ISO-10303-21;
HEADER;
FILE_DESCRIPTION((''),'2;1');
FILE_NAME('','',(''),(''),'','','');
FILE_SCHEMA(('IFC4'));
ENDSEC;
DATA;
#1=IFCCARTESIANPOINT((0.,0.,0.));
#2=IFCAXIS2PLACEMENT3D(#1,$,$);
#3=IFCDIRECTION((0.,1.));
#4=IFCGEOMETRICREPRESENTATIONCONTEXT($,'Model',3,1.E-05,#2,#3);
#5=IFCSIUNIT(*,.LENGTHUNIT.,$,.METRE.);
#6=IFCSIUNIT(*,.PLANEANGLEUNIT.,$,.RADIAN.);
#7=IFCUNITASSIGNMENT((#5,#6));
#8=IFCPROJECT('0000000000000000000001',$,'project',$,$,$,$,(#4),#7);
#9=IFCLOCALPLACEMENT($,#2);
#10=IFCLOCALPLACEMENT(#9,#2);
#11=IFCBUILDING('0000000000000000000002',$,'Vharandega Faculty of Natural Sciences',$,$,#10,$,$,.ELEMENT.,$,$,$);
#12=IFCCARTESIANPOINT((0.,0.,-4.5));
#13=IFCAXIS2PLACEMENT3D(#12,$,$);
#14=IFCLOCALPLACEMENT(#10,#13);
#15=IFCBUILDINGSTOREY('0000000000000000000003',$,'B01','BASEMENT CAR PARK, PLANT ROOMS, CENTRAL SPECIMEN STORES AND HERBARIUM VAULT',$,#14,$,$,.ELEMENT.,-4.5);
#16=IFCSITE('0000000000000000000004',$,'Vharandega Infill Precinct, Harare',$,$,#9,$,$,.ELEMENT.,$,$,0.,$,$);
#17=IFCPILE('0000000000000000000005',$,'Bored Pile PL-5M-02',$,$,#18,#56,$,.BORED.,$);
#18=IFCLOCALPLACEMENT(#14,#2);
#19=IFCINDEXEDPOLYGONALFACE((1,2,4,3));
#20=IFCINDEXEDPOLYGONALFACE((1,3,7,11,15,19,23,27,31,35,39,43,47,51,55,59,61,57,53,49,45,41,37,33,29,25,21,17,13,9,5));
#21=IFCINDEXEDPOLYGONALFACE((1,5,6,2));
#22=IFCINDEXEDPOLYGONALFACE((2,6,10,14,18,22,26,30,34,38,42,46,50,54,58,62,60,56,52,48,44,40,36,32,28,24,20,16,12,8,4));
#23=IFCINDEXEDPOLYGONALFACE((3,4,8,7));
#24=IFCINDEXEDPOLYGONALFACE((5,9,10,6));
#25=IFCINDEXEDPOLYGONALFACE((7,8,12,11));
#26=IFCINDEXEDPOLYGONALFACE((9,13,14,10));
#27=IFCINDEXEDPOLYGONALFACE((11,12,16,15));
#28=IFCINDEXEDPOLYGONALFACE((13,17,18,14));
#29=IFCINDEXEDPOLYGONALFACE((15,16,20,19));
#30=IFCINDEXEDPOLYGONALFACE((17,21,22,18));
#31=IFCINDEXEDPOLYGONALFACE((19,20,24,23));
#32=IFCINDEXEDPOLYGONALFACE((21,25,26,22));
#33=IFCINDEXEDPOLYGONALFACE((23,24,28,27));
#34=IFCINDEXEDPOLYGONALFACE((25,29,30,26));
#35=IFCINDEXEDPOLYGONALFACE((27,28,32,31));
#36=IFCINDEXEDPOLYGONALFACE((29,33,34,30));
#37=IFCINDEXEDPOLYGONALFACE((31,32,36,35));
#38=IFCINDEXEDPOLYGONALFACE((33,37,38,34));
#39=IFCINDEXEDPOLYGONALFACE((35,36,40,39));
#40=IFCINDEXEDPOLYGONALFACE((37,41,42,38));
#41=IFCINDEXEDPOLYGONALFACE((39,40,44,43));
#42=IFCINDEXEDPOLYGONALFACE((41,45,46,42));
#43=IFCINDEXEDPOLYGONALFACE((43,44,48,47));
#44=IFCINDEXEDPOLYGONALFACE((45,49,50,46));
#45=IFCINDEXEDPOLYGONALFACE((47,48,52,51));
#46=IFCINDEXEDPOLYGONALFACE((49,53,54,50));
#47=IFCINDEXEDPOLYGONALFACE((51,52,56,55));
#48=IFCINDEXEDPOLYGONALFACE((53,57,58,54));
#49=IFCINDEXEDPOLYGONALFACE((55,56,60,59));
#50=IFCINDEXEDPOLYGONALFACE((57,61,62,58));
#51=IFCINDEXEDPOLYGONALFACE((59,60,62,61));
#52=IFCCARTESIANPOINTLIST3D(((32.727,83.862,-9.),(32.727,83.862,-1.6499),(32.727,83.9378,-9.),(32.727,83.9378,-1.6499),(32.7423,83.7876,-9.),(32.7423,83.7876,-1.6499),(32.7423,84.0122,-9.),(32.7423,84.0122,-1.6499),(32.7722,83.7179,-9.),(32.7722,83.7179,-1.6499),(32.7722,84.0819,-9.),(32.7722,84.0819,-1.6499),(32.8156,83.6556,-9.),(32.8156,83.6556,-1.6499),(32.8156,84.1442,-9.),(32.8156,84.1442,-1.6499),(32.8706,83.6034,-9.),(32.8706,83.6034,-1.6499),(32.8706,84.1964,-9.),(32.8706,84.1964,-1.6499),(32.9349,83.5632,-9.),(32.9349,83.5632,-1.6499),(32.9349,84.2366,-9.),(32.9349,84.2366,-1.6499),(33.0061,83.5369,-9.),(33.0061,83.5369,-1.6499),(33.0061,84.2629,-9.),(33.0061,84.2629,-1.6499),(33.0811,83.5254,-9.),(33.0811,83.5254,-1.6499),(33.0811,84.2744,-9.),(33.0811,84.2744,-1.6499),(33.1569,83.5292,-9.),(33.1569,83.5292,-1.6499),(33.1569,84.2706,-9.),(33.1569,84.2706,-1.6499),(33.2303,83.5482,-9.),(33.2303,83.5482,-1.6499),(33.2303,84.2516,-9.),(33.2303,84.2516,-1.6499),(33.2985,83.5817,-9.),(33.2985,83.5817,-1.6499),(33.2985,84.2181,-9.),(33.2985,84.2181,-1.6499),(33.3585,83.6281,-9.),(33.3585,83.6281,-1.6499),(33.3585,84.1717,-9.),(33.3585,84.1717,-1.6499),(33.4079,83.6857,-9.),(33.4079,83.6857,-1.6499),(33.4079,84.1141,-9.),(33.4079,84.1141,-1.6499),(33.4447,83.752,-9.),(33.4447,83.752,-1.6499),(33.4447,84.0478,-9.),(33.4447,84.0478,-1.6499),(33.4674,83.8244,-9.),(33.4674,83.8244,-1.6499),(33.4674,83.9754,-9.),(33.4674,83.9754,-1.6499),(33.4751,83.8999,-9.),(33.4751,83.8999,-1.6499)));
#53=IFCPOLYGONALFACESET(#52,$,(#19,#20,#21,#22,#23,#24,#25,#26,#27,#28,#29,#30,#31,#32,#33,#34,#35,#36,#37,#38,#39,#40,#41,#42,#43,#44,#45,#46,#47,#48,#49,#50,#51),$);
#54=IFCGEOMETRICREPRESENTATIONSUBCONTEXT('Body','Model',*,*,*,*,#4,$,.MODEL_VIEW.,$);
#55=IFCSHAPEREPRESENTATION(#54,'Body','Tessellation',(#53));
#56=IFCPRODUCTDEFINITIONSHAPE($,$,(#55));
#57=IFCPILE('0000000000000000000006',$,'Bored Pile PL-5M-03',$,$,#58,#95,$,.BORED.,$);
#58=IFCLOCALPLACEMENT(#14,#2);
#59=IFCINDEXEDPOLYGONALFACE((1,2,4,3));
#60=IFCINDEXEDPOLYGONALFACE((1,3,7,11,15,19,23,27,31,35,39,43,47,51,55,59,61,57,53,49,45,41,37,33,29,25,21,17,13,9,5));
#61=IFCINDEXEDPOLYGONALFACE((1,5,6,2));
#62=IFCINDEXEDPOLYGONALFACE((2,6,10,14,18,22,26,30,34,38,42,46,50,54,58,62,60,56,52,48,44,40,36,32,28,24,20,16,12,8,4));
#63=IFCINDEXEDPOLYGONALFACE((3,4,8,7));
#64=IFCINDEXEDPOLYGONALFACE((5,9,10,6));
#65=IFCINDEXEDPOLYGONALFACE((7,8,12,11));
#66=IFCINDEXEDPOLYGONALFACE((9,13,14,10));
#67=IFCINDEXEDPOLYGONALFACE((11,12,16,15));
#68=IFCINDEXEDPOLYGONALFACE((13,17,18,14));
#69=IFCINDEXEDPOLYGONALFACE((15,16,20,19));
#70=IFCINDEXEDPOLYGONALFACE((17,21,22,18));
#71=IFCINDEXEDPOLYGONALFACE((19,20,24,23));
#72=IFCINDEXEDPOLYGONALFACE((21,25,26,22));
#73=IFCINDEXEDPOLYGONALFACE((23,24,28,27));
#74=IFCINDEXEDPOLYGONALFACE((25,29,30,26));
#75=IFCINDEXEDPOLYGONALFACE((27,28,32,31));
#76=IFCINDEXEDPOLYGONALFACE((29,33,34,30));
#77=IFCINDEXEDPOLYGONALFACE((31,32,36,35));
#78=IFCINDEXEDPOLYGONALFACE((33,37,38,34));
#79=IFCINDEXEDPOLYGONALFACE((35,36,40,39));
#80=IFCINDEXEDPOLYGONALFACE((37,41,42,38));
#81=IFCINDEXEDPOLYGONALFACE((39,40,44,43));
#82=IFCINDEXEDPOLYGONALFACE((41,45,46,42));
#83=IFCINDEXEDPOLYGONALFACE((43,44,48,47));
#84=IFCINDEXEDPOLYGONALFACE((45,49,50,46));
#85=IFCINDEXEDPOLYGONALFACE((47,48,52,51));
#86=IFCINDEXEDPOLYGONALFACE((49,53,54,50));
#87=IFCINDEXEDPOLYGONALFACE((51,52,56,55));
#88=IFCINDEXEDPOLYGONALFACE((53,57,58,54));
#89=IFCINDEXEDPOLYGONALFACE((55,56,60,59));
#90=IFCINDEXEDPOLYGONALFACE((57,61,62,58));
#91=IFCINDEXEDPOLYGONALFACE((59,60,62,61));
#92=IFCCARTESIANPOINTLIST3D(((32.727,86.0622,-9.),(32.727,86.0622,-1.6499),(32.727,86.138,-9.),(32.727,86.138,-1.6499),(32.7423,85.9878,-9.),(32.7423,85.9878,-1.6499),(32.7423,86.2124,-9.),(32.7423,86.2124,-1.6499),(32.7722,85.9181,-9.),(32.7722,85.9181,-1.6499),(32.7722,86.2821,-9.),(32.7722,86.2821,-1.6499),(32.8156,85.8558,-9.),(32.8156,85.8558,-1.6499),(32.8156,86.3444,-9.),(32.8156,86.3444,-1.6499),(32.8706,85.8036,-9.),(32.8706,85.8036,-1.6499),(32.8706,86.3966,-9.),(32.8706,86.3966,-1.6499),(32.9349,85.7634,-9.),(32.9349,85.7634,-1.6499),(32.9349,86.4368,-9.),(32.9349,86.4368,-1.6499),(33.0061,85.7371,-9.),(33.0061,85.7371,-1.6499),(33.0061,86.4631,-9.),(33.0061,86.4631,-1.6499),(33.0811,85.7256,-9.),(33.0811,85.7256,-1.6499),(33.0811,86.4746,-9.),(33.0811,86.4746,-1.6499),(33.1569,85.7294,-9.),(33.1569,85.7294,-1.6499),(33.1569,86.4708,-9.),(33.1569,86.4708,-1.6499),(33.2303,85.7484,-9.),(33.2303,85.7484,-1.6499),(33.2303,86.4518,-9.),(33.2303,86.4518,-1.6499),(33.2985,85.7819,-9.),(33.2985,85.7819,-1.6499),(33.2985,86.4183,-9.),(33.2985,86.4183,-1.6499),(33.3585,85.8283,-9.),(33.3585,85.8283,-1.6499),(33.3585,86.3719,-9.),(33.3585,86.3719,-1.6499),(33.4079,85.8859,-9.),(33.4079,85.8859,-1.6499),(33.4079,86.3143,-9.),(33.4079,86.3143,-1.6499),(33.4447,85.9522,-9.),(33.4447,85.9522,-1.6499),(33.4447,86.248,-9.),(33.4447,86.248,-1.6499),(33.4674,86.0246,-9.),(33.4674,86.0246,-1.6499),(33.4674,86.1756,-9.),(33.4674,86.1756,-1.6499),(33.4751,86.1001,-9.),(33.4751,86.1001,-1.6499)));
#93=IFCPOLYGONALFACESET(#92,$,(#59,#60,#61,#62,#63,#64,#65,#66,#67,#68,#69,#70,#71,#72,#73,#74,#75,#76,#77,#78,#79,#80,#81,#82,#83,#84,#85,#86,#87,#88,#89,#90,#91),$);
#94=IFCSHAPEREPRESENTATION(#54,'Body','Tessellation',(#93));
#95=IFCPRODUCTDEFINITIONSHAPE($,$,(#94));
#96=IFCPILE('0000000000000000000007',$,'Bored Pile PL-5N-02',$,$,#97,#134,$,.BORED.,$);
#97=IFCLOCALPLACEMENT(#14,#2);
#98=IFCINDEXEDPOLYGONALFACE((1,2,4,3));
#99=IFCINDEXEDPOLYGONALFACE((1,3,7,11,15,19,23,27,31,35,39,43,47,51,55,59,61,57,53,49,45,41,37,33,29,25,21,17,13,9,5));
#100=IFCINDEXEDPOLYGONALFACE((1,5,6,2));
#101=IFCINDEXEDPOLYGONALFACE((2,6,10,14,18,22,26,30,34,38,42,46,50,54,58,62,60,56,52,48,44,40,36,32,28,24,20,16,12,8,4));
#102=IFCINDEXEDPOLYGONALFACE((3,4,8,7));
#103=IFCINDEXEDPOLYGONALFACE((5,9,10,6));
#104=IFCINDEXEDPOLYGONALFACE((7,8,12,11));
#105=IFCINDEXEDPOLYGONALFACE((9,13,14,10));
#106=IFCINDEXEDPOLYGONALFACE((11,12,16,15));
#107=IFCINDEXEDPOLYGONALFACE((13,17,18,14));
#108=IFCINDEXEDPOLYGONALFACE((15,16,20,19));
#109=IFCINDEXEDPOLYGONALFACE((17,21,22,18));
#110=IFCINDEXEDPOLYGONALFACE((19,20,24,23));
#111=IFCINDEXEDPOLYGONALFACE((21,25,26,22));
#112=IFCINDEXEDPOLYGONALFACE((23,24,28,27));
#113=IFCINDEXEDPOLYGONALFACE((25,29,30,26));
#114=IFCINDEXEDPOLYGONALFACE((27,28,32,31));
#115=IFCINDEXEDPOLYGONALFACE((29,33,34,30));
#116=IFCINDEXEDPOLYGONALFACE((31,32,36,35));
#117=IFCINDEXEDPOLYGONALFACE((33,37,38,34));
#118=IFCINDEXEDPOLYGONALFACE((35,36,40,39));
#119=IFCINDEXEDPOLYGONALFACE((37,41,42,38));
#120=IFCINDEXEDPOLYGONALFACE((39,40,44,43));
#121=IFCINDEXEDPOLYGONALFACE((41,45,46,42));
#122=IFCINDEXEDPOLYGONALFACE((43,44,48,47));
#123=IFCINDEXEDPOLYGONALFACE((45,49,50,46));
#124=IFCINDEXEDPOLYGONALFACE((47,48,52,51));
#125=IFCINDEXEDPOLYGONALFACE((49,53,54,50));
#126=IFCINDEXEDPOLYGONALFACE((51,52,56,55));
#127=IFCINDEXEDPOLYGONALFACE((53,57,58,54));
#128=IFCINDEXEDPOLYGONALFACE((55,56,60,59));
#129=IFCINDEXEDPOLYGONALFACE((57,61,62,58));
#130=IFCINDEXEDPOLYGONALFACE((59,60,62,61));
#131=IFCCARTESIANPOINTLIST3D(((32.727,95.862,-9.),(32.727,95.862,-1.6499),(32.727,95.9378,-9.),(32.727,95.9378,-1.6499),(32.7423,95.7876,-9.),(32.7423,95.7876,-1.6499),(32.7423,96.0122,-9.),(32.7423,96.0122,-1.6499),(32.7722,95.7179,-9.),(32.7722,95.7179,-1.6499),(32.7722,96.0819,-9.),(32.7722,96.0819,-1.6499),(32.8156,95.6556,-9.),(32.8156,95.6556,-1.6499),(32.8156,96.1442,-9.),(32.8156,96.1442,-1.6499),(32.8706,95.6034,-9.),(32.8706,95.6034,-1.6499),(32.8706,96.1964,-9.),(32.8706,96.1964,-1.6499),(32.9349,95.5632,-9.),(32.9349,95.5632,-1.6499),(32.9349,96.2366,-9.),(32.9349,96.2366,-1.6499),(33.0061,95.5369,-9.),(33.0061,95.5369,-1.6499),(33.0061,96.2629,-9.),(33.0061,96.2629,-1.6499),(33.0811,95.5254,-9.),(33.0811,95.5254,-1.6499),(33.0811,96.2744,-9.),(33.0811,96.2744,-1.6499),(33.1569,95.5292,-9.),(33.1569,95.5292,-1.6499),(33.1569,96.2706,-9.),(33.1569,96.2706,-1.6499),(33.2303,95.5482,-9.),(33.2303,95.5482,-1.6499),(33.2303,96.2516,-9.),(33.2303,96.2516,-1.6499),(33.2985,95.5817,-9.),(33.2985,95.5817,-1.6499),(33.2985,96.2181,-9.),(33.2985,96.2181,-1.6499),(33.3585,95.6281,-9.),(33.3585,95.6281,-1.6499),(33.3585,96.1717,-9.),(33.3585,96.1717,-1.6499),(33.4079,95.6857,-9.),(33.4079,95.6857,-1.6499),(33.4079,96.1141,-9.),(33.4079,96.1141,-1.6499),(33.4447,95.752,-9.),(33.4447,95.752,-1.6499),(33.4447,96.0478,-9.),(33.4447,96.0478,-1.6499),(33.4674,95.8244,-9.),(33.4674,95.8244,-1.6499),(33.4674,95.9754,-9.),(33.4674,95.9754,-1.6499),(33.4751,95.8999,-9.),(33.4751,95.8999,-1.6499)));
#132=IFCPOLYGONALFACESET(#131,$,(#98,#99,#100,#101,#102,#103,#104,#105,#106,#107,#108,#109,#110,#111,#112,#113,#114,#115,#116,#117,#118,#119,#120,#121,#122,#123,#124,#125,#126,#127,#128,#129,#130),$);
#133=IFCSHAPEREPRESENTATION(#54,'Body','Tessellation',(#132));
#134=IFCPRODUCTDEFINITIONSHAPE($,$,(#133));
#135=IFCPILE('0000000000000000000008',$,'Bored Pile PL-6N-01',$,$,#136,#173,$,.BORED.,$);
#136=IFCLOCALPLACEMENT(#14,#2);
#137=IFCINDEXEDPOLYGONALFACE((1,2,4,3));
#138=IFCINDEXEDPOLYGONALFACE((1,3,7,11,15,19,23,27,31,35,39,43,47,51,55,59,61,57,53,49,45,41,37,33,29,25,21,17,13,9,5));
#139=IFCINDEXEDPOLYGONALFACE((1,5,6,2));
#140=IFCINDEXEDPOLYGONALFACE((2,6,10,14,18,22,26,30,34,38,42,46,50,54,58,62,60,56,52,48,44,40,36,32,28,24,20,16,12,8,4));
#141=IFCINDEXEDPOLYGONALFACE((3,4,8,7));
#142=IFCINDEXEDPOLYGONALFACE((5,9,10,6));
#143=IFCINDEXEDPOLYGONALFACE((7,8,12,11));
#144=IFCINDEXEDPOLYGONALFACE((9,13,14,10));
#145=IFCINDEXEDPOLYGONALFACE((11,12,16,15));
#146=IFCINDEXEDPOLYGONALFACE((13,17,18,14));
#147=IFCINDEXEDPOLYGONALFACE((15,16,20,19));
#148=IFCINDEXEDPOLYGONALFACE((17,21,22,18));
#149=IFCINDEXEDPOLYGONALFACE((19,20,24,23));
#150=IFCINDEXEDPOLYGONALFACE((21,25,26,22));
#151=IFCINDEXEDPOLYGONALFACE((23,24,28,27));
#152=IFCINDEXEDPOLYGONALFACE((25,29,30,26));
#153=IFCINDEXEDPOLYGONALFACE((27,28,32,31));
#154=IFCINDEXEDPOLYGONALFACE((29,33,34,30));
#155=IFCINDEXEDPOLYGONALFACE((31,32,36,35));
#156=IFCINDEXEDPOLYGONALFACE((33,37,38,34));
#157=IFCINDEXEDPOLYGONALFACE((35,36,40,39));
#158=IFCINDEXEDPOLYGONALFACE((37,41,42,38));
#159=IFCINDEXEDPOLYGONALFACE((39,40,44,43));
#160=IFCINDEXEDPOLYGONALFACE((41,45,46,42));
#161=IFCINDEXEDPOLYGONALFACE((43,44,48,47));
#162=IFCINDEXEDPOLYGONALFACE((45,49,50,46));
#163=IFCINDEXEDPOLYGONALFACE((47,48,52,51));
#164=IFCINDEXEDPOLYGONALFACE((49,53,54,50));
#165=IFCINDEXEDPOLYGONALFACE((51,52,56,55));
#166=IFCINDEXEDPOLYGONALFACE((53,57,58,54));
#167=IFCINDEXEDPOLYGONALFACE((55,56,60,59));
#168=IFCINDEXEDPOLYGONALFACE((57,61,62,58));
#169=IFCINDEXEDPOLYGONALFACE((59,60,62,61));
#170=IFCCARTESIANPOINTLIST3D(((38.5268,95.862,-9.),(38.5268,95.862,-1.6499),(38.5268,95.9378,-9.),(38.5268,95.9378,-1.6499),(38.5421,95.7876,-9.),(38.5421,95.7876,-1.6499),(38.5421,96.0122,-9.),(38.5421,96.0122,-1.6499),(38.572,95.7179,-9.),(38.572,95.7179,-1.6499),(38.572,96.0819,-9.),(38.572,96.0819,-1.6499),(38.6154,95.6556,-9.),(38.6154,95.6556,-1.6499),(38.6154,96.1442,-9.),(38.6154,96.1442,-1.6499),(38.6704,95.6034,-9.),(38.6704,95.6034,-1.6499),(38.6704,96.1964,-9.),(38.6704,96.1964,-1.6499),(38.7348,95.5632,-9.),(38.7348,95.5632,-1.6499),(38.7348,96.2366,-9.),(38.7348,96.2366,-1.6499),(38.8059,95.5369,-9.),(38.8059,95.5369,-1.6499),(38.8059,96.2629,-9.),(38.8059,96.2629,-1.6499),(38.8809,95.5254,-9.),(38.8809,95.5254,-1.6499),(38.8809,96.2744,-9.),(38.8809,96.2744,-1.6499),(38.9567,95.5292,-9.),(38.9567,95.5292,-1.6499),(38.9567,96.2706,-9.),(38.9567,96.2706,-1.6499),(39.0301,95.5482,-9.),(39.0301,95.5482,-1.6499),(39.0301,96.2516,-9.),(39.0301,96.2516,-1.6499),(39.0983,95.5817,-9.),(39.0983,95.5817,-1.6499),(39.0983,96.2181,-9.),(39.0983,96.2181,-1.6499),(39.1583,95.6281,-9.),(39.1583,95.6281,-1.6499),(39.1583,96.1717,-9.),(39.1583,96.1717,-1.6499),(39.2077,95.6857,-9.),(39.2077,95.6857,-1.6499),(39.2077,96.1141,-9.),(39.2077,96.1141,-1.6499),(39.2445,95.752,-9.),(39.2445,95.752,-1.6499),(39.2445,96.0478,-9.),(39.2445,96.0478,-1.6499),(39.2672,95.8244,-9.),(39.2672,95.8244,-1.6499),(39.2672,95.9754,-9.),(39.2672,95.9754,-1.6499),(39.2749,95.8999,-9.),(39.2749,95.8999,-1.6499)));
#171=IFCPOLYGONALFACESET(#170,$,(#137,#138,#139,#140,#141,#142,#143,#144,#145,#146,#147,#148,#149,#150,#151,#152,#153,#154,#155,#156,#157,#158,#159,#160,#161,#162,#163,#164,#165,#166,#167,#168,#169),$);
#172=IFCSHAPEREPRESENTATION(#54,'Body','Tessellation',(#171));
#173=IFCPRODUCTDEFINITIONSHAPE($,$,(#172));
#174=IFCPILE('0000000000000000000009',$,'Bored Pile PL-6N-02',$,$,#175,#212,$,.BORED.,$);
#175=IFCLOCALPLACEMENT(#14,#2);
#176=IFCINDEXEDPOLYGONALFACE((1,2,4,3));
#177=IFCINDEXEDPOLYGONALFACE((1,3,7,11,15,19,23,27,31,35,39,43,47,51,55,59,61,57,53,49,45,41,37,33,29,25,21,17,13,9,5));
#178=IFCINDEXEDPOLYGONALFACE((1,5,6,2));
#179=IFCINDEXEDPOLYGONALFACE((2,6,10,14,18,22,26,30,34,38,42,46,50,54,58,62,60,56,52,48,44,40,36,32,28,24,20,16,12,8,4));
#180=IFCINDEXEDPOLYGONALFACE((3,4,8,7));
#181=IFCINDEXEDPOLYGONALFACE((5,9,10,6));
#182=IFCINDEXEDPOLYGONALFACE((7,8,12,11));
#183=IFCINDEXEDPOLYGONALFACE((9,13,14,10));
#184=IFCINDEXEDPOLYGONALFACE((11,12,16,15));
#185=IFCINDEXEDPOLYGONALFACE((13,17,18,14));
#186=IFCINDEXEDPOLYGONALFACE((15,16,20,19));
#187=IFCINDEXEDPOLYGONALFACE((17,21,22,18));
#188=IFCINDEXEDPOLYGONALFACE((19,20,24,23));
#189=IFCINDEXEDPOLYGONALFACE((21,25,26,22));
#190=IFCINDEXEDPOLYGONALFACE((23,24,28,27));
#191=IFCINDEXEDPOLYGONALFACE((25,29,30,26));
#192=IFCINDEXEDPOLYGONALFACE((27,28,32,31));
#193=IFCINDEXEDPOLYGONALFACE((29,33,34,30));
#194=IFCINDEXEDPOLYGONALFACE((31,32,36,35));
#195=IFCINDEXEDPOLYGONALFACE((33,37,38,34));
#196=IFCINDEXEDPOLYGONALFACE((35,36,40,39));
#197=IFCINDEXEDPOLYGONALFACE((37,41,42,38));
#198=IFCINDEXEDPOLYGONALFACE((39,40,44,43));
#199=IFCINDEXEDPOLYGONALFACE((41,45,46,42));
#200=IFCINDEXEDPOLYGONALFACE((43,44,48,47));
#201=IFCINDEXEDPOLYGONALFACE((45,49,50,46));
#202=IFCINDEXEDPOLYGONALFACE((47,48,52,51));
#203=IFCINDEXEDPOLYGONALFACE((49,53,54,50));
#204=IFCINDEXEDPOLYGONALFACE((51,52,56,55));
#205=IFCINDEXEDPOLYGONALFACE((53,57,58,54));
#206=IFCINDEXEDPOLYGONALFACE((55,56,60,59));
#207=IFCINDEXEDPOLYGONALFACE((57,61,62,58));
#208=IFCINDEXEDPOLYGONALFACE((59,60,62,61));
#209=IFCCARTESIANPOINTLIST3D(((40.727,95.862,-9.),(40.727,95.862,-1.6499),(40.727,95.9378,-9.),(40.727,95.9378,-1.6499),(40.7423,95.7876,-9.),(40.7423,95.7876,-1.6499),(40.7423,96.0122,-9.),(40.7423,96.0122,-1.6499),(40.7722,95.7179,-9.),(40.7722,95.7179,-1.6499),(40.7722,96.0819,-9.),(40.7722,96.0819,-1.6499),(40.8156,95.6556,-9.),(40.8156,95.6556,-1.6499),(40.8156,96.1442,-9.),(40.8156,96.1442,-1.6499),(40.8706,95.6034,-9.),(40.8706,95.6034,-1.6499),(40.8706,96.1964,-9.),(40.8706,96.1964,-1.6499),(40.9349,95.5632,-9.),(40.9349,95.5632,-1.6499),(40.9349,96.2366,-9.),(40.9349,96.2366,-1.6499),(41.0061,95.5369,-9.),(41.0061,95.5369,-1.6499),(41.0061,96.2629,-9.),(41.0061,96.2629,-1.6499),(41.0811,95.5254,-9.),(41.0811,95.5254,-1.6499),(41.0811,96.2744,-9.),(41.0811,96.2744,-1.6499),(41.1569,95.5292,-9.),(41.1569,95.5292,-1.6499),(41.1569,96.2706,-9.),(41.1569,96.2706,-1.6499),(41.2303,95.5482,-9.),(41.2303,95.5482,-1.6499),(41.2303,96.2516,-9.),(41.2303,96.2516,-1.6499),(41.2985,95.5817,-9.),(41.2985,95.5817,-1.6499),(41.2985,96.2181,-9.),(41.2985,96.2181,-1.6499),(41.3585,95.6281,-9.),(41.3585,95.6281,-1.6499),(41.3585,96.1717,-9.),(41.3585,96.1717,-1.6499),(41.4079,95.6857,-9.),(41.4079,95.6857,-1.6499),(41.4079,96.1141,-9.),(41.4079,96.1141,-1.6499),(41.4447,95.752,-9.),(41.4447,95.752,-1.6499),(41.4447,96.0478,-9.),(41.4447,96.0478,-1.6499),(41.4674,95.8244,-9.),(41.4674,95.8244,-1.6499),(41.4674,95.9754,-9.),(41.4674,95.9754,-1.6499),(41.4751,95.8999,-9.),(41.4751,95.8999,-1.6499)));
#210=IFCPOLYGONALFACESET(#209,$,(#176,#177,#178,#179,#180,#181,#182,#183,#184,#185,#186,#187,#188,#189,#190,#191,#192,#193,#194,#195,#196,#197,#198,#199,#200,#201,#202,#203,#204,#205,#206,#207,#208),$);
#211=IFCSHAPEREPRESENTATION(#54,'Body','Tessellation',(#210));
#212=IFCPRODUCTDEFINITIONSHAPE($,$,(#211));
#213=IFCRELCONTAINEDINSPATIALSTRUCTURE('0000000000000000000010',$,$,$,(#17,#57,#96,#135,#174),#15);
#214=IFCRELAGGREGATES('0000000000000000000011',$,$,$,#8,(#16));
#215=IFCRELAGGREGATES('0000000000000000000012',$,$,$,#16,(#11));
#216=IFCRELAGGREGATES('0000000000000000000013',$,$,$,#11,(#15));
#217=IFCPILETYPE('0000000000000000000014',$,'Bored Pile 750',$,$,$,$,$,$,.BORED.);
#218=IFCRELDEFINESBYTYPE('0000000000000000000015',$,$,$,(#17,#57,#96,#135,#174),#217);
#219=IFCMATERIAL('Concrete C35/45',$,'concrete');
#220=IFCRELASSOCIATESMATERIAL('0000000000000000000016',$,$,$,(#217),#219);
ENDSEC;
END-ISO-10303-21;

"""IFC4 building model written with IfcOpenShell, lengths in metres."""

from ifc_helpers import new_model, si_unit, direction, frame, origin, origin_2d, place, context, subcontext, project, spatial, circle, extrude, material, material_profile, profile_set, type_object, element, save


model = new_model("IFC4")

# Units and contexts
model_context = context("Model", 3, precision=1e-05, world=origin(), true_north=direction((0.0, 1.0)))
body_context = subcontext(model_context, "Body", "Model", "MODEL_VIEW")
ifc_project = project(units=[si_unit("LENGTHUNIT", "METRE"), si_unit("PLANEANGLEUNIT", "RADIAN")], contexts=[model_context])

# Site, building, storey
site_placement = place(None, origin())
site = spatial("IfcSite", under=ifc_project, at=site_placement, Name="Vharandega Infill Precinct, Harare", CompositionType="ELEMENT", RefElevation=0.0)
building_placement = place(site_placement, origin())
building = spatial("IfcBuilding", under=site, at=building_placement, Name="Vharandega Faculty of Natural Sciences", CompositionType="ELEMENT")
storey_placement = place(building_placement, frame((0.0, 0.0, -4.5)))
storey = spatial("IfcBuildingStorey", under=building, at=storey_placement, Name="B01", Description="BASEMENT CAR PARK, PLANT ROOMS, CENTRAL SPECIMEN STORES AND HERBARIUM VAULT", CompositionType="ELEMENT", Elevation=-4.5)

# Piles
ifc_material_1 = material(Name="Concrete C35/45", Category="concrete")
ifc_material_profile_1 = material_profile(ifc_material_1, circle(Radius=0.375, at=origin_2d()), Name="PILE 750")
ifc_profile_set_1 = profile_set([ifc_material_profile_1], Name="Concrete C35/45")
pile_type_1 = type_object("IfcPileType", Name="Bored Pile 750", PredefinedType="BORED", material=ifc_profile_set_1)
for number, where, z_axis, x_axis, name in (
    (1, (33.1001, 83.8999, -1.6499), (0.0, 0.0, -1.0), (1.0, 0.0, 0.0), "Bored Pile PL-5M-02"),
    (2, (33.1001, 86.1001, -1.6499), (0.0, 0.0, -1.0), (1.0, 0.0, 0.0), "Bored Pile PL-5M-03"),
    (3, (33.1001, 95.8999, -1.6499), (0.0, 0.0, -1.0), (1.0, 0.0, 0.0), "Bored Pile PL-5N-02"),
    (4, (38.8999, 95.8999, -1.6499), (0.0, 0.0, -1.0), (1.0, 0.0, 0.0), "Bored Pile PL-6N-01"),
    (5, (41.1001, 95.8999, -1.6499), (0.0, 0.0, -1.0), (1.0, 0.0, 0.0), "Bored Pile PL-6N-02"),
):
    element("IfcPile", number, at=place(storey_placement, frame(where, z_axis=z_axis, x_axis=x_axis)), inside=storey, type_object=pile_type_1, Name=name, PredefinedType="BORED", context=body_context, shape_type="SweptSolid", body=[
        extrude(circle(Radius=0.375, at=origin_2d()), origin(), (0.0, 0.0, 1.0), 7.3501),
    ])

save(model, "model.ifc")
